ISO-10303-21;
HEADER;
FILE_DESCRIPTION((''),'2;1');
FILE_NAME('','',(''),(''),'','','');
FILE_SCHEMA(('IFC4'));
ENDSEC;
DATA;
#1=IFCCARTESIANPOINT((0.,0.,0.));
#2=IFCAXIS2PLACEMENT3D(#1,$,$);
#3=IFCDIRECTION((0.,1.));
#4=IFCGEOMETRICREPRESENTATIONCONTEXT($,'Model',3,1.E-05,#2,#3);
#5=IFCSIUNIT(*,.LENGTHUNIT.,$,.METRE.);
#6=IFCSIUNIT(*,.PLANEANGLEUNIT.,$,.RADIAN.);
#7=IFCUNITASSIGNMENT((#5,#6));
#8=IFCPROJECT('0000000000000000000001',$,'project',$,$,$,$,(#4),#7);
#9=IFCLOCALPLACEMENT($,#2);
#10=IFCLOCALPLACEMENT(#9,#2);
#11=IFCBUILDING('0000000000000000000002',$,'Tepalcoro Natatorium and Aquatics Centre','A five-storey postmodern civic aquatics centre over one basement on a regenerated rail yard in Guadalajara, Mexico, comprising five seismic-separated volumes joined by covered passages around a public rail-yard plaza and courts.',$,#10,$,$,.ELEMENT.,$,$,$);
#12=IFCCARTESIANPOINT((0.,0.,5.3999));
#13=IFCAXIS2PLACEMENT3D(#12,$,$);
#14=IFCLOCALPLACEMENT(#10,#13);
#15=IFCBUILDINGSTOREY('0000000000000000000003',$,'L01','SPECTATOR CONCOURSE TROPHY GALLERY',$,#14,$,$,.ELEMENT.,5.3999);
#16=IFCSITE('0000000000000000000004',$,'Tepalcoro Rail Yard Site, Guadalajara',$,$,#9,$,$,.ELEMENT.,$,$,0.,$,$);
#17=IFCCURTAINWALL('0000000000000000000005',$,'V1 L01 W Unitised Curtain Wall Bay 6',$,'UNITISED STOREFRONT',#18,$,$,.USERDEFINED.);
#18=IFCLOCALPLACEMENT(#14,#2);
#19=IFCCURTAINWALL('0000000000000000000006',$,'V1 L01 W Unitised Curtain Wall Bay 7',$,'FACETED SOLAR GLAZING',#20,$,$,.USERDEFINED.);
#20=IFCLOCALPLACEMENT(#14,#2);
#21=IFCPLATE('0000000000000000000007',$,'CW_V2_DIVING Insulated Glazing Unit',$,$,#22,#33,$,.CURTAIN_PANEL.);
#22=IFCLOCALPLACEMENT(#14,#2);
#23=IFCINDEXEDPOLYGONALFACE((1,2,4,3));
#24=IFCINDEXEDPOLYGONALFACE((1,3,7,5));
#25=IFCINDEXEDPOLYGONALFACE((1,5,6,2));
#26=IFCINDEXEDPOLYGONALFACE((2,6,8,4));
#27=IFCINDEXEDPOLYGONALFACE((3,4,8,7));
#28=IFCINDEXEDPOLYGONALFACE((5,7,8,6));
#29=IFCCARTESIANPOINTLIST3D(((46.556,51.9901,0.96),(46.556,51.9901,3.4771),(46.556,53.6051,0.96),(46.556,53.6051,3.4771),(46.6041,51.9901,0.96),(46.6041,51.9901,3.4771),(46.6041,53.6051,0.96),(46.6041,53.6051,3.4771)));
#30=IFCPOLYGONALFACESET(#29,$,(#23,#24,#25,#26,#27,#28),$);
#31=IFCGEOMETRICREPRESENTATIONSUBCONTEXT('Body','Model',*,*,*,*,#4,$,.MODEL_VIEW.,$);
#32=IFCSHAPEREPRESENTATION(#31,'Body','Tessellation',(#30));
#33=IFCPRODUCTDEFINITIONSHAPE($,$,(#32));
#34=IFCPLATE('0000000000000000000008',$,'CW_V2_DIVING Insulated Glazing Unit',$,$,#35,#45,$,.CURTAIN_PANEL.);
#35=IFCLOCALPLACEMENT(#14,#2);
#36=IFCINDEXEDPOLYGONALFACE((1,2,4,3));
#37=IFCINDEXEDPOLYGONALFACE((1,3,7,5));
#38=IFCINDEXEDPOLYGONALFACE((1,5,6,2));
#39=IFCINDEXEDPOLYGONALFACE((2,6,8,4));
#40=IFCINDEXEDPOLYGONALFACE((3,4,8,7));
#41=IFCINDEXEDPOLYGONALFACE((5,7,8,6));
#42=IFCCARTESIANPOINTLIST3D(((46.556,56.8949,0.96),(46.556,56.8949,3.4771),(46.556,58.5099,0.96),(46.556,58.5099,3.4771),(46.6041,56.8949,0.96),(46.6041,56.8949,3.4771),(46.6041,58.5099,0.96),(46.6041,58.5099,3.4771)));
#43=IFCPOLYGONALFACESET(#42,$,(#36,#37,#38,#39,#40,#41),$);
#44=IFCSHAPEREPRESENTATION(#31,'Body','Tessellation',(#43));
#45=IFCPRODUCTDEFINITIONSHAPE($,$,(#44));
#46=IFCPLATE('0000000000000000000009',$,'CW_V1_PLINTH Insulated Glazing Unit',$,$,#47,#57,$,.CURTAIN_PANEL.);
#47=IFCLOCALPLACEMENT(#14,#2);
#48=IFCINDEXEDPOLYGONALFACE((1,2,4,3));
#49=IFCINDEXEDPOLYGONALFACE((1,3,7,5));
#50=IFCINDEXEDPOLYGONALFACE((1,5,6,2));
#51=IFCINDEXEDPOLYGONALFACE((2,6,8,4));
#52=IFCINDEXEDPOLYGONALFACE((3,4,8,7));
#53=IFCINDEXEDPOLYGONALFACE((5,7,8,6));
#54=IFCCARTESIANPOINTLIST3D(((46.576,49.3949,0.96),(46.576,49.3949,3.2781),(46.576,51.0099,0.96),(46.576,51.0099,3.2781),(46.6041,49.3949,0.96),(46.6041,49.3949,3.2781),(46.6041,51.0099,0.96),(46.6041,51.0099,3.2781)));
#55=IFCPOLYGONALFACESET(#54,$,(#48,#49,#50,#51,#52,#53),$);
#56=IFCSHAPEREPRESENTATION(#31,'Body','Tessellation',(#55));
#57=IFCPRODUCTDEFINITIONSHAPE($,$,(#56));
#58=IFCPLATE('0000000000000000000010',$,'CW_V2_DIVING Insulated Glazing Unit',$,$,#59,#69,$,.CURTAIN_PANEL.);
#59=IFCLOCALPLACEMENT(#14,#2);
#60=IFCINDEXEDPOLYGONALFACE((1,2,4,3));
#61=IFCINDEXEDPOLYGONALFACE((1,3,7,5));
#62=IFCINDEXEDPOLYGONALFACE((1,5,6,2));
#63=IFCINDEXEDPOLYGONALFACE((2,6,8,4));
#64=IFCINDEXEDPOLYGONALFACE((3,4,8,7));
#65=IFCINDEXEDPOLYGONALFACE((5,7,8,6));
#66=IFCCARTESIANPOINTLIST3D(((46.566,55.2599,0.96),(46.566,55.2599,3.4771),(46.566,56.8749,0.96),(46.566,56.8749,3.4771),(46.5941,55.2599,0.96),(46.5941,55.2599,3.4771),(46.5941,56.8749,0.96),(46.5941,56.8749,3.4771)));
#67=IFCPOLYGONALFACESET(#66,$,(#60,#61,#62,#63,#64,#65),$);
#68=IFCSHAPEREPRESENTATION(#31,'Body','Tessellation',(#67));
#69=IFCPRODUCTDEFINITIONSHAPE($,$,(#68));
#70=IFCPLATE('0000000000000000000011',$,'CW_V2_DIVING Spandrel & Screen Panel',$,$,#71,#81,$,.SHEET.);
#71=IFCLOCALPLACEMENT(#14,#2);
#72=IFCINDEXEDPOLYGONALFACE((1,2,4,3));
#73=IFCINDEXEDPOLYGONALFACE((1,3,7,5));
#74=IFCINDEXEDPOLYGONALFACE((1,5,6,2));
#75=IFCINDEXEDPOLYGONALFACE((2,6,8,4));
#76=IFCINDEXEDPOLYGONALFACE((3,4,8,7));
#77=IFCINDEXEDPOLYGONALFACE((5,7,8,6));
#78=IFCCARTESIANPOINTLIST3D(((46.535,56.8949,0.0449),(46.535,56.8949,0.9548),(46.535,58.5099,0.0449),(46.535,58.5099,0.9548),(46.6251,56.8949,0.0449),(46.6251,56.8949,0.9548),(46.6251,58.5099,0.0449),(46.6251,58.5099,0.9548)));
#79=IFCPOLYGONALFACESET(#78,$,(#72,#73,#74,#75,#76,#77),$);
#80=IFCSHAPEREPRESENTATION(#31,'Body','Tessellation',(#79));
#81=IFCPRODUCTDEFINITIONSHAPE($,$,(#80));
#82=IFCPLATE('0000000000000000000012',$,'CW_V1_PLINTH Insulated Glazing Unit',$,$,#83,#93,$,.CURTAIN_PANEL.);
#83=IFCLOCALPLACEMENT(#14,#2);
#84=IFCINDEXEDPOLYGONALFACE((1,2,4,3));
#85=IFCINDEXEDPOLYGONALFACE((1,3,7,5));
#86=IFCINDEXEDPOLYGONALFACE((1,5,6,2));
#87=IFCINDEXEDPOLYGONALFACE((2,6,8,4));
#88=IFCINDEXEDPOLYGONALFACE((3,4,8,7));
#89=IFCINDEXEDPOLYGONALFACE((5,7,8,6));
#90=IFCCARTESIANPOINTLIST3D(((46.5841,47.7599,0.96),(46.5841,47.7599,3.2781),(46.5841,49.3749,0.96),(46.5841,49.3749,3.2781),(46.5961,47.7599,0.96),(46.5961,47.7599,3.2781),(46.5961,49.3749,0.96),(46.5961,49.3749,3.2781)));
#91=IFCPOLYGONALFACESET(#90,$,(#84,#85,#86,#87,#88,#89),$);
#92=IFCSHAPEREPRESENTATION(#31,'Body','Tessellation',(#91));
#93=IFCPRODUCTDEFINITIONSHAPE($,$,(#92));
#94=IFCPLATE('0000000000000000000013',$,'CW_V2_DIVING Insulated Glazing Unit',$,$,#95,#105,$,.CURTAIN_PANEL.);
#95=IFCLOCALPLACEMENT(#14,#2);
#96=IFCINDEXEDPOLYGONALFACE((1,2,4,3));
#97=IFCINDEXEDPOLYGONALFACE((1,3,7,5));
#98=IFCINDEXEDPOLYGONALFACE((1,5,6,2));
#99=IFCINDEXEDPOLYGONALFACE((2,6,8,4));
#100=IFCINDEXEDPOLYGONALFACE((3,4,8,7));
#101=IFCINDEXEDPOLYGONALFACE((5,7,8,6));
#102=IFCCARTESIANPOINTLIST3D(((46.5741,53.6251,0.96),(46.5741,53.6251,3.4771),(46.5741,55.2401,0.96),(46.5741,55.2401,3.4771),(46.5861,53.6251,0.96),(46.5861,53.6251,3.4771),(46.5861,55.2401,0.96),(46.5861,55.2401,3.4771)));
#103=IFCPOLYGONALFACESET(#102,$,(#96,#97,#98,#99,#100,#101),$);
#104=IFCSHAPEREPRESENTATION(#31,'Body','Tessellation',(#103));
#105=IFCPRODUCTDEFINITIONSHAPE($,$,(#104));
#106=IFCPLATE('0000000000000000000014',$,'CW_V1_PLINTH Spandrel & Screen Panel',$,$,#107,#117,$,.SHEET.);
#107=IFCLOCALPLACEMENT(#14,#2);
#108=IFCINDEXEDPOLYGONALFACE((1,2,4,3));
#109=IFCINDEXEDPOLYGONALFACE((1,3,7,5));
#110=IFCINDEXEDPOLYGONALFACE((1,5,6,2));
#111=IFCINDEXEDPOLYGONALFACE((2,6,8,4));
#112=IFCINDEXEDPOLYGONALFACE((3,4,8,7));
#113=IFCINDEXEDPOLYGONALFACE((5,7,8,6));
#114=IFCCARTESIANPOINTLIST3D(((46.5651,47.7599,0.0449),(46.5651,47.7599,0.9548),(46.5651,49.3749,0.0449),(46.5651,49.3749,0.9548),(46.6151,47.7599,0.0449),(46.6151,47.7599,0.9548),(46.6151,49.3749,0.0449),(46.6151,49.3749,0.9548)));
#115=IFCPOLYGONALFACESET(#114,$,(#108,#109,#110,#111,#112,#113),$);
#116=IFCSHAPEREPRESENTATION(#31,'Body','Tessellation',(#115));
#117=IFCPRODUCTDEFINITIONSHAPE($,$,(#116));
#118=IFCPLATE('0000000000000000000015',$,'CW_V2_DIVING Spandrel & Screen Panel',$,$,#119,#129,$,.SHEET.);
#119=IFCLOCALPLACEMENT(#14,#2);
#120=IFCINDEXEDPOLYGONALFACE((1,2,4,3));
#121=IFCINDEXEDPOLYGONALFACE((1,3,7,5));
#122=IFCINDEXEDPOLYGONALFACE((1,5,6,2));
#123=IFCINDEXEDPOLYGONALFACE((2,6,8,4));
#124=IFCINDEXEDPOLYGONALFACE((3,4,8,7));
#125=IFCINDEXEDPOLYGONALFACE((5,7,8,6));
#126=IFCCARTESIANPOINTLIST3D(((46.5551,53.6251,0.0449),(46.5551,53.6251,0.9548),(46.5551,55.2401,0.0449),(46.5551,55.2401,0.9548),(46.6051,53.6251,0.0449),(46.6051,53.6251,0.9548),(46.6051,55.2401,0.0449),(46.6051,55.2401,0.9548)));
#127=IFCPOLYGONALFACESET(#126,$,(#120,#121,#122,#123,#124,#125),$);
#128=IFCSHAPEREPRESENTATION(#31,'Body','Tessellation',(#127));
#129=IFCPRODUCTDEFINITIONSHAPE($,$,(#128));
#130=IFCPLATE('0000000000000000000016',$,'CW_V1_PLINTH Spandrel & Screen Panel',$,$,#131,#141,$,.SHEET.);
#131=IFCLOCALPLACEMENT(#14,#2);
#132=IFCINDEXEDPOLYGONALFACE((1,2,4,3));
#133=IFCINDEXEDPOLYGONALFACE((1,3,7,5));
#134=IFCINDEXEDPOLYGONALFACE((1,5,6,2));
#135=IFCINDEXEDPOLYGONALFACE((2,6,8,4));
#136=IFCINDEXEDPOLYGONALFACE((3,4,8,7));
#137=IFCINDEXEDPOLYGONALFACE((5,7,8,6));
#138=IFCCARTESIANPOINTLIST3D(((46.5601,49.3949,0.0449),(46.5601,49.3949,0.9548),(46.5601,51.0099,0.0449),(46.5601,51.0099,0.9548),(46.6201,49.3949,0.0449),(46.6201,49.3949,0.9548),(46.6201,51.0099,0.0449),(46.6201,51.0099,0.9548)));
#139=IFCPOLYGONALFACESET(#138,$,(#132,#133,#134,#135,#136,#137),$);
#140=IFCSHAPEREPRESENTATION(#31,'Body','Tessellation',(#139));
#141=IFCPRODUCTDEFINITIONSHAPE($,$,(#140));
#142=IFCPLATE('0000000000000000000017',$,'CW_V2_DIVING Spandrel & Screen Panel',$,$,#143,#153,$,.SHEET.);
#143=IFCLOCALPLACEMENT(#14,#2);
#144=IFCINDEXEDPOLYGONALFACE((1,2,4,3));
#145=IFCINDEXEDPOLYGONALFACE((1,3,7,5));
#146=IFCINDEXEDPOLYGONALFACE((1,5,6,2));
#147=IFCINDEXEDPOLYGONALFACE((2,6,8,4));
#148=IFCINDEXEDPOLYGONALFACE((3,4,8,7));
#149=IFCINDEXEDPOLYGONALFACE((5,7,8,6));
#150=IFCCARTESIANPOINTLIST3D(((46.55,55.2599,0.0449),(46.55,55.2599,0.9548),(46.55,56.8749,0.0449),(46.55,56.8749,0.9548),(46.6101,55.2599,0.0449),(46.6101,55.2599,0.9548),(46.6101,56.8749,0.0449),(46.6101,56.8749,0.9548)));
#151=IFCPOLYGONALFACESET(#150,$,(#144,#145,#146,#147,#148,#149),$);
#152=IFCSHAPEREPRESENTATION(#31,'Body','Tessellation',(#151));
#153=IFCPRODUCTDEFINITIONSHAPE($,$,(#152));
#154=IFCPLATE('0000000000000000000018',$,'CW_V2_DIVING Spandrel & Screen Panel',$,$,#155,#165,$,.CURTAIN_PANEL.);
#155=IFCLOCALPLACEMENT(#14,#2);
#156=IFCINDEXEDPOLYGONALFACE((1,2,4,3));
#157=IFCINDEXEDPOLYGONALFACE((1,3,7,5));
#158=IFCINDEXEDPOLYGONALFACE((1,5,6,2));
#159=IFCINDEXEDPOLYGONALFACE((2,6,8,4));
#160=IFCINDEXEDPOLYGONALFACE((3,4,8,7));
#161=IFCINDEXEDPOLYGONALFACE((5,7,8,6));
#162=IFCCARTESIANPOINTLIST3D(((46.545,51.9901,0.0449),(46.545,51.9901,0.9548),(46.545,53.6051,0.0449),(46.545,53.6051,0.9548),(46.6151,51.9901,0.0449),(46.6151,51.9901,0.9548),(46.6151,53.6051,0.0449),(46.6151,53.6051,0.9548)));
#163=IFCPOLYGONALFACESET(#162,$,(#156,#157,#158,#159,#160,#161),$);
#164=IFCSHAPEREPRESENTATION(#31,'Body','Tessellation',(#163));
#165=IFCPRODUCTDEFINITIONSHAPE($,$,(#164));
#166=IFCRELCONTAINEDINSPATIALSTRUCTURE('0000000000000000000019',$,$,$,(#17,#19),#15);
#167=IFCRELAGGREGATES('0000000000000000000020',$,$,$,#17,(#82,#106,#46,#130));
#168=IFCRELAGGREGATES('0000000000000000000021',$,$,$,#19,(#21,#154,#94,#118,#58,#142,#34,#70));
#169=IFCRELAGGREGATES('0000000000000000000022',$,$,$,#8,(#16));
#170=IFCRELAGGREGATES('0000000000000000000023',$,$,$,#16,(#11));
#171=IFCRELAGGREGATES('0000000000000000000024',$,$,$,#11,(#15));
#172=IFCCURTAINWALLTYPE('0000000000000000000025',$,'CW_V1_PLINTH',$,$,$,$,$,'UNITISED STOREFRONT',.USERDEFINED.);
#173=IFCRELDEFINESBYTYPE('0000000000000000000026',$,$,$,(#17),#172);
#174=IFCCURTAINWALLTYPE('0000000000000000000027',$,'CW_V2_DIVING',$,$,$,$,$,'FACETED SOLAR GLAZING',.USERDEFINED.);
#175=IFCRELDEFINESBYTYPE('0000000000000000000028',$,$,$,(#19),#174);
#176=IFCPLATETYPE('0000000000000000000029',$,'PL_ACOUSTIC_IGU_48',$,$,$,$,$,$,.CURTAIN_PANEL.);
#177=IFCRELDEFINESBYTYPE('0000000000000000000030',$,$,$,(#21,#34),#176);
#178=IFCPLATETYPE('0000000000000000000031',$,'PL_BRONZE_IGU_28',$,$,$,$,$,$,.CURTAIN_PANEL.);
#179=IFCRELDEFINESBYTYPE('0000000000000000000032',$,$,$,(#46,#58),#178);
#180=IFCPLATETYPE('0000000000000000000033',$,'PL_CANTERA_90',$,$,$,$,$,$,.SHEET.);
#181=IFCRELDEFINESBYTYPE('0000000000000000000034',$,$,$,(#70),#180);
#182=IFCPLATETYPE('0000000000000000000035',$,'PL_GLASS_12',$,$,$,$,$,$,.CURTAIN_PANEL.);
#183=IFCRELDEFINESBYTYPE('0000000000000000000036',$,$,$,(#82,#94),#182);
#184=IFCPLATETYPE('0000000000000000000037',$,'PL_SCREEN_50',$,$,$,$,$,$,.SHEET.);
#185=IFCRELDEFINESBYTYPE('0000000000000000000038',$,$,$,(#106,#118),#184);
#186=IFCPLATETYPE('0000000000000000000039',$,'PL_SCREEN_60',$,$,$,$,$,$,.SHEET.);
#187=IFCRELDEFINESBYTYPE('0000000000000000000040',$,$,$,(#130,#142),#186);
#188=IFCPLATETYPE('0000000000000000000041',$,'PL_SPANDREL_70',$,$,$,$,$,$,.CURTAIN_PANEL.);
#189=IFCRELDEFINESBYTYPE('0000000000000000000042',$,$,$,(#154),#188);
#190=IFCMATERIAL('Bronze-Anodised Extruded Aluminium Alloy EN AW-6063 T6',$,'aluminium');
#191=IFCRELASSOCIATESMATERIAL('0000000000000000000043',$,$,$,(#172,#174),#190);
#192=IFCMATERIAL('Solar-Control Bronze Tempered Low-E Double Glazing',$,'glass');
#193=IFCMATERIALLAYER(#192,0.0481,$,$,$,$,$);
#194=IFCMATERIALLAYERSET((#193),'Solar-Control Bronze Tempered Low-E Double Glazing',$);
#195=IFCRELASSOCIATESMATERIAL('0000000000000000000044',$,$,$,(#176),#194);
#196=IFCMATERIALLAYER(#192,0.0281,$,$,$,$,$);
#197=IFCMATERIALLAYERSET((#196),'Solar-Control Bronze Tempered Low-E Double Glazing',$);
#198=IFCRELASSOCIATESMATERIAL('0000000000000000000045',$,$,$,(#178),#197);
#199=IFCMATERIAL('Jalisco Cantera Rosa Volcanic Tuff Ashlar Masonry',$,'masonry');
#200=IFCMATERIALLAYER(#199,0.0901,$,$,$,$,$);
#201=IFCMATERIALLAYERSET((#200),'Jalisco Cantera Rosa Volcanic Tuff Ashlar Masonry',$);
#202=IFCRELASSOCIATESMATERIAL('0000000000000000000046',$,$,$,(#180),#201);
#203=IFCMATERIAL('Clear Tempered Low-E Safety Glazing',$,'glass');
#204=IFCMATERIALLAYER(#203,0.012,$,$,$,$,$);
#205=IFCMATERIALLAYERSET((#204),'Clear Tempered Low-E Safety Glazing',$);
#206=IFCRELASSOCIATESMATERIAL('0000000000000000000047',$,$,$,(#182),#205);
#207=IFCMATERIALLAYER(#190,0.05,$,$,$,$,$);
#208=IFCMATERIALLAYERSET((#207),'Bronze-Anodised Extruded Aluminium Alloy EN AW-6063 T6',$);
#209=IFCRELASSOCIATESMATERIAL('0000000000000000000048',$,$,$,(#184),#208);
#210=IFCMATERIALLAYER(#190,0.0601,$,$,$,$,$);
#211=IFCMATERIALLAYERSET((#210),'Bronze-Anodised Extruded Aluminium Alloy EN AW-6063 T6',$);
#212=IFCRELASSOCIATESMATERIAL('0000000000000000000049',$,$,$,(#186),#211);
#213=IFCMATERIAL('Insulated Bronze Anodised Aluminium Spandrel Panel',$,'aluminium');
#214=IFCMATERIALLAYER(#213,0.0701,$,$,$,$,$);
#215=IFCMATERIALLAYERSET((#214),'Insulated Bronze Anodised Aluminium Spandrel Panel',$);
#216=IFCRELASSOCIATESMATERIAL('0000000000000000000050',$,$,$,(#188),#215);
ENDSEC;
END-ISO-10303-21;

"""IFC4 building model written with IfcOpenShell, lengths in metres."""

from ifc_helpers import new_model, si_unit, direction, frame, origin, origin_2d, place, context, subcontext, project, spatial, rectangle, extrude, material, layer, layer_set, type_object, element, aggregate, save


model = new_model("IFC4")

# Units and contexts
model_context = context("Model", 3, precision=1e-05, world=origin(), true_north=direction((0.0, 1.0)))
body_context = subcontext(model_context, "Body", "Model", "MODEL_VIEW")
ifc_project = project(units=[si_unit("LENGTHUNIT", "METRE"), si_unit("PLANEANGLEUNIT", "RADIAN")], contexts=[model_context])

# Site, building, storey
site_placement = place(None, origin())
site = spatial("IfcSite", under=ifc_project, at=site_placement, Name="Tepalcoro Rail Yard Site, Guadalajara", CompositionType="ELEMENT", RefElevation=0.0)
building_placement = place(site_placement, origin())
building = spatial("IfcBuilding", under=site, at=building_placement, Name="Tepalcoro Natatorium and Aquatics Centre", Description="A five-storey postmodern civic aquatics centre over one basement on a regenerated rail yard in Guadalajara, Mexico, comprising five seismic-separated volumes joined by covered passages around a public rail-yard plaza and courts.", CompositionType="ELEMENT")
storey_placement = place(building_placement, frame((0.0, 0.0, 5.3999)))
storey = spatial("IfcBuildingStorey", under=building, at=storey_placement, Name="L01", Description="SPECTATOR CONCOURSE TROPHY GALLERY", CompositionType="ELEMENT", Elevation=5.3999)

# Curtain wall
ifc_material_1 = material(Name="Bronze-Anodised Extruded Aluminium Alloy EN AW-6063 T6", Category="aluminium")
curtain_wall_type_1 = type_object("IfcCurtainWallType", Name="CW_V1_PLINTH", ElementType="UNITISED STOREFRONT", PredefinedType="USERDEFINED", material=ifc_material_1)
curtain_wall_1_placement = place(storey_placement, origin())
curtain_wall_1 = element("IfcCurtainWall", 1, at=curtain_wall_1_placement, inside=storey, type_object=curtain_wall_type_1, Name="V1 L01 W Unitised Curtain Wall Bay 6", ObjectType="UNITISED STOREFRONT", PredefinedType="USERDEFINED")

# Curtain wall, plates
curtain_wall_type_2 = type_object("IfcCurtainWallType", Name="CW_V2_DIVING", ElementType="FACETED SOLAR GLAZING", PredefinedType="USERDEFINED", material=ifc_material_1)
curtain_wall_2_placement = place(storey_placement, origin())
curtain_wall_2 = element("IfcCurtainWall", 2, at=curtain_wall_2_placement, inside=storey, type_object=curtain_wall_type_2, Name="V1 L01 W Unitised Curtain Wall Bay 7", ObjectType="FACETED SOLAR GLAZING", PredefinedType="USERDEFINED")
ifc_material_2 = material(Name="Solar-Control Bronze Tempered Low-E Double Glazing", Category="glass")
ifc_layer_1 = layer(ifc_material_2, 0.0481)
ifc_layer_set_1 = layer_set([ifc_layer_1], Name="Solar-Control Bronze Tempered Low-E Double Glazing")
plate_type_1 = type_object("IfcPlateType", Name="PL_ACOUSTIC_IGU_48", PredefinedType="CURTAIN_PANEL", material=ifc_layer_set_1)
plate_1_placement = place(storey_placement, frame((46.5801, 52.7976, 0.96), z_axis=(0.0, 0.0, 1.0), x_axis=(1.0, 0.0, 0.0)))
plate_1 = element("IfcPlate", 3, at=plate_1_placement, type_object=plate_type_1, Name="CW_V2_DIVING Insulated Glazing Unit", PredefinedType="CURTAIN_PANEL", context=body_context, shape_type="SweptSolid", body=[
    extrude(rectangle(XDim=0.0481, YDim=1.615, at=origin_2d()), origin(), (0.0, 0.0, 1.0), 2.5171),
])
plate_2_placement = place(storey_placement, frame((46.5801, 57.7024, 0.96), z_axis=(0.0, 0.0, 1.0), x_axis=(1.0, 0.0, 0.0)))
plate_2 = element("IfcPlate", 4, at=plate_2_placement, type_object=plate_type_1, Name="CW_V2_DIVING Insulated Glazing Unit", PredefinedType="CURTAIN_PANEL", context=body_context, shape_type="SweptSolid", body=[
    extrude(rectangle(XDim=0.0481, YDim=1.615, at=origin_2d()), origin(), (0.0, 0.0, 1.0), 2.5171),
])

# Plates
ifc_layer_2 = layer(ifc_material_2, 0.0281)
ifc_layer_set_2 = layer_set([ifc_layer_2], Name="Solar-Control Bronze Tempered Low-E Double Glazing")
plate_type_2 = type_object("IfcPlateType", Name="PL_BRONZE_IGU_28", PredefinedType="CURTAIN_PANEL", material=ifc_layer_set_2)
plate_3_placement = place(storey_placement, frame((46.5901, 50.2024, 0.96), z_axis=(0.0, 0.0, 1.0), x_axis=(1.0, 0.0, 0.0)))
plate_3 = element("IfcPlate", 5, at=plate_3_placement, type_object=plate_type_2, Name="CW_V1_PLINTH Insulated Glazing Unit", PredefinedType="CURTAIN_PANEL", context=body_context, shape_type="SweptSolid", body=[
    extrude(rectangle(XDim=0.0281, YDim=1.615, at=origin_2d()), origin(), (0.0, 0.0, 1.0), 2.3181),
])
plate_4_placement = place(storey_placement, frame((46.5801, 56.0674, 0.96), z_axis=(0.0, 0.0, 1.0), x_axis=(1.0, 0.0, 0.0)))
plate_4 = element("IfcPlate", 6, at=plate_4_placement, type_object=plate_type_2, Name="CW_V2_DIVING Insulated Glazing Unit", PredefinedType="CURTAIN_PANEL", context=body_context, shape_type="SweptSolid", body=[
    extrude(rectangle(XDim=0.0281, YDim=1.615, at=origin_2d()), origin(), (0.0, 0.0, 1.0), 2.5171),
])
ifc_material_3 = material(Name="Jalisco Cantera Rosa Volcanic Tuff Ashlar Masonry", Category="masonry")
ifc_layer_3 = layer(ifc_material_3, 0.0901)
ifc_layer_set_3 = layer_set([ifc_layer_3], Name="Jalisco Cantera Rosa Volcanic Tuff Ashlar Masonry")
plate_type_3 = type_object("IfcPlateType", Name="PL_CANTERA_90", PredefinedType="SHEET", material=ifc_layer_set_3)
plate_5_placement = place(storey_placement, frame((46.5801, 57.7024, 0.0449), z_axis=(0.0, 0.0, 1.0), x_axis=(1.0, 0.0, 0.0)))
plate_5 = element("IfcPlate", 7, at=plate_5_placement, type_object=plate_type_3, Name="CW_V2_DIVING Spandrel & Screen Panel", PredefinedType="SHEET", context=body_context, shape_type="SweptSolid", body=[
    extrude(rectangle(XDim=0.0901, YDim=1.615, at=origin_2d()), origin(), (0.0, 0.0, 1.0), 0.9099),
])
ifc_material_4 = material(Name="Clear Tempered Low-E Safety Glazing", Category="glass")
ifc_layer_4 = layer(ifc_material_4, 0.012)
ifc_layer_set_4 = layer_set([ifc_layer_4], Name="Clear Tempered Low-E Safety Glazing")
plate_type_4 = type_object("IfcPlateType", Name="PL_GLASS_12", PredefinedType="CURTAIN_PANEL", material=ifc_layer_set_4)
plate_6_placement = place(storey_placement, frame((46.5901, 48.5674, 0.96), z_axis=(0.0, 0.0, 1.0), x_axis=(1.0, 0.0, 0.0)))
plate_6 = element("IfcPlate", 8, at=plate_6_placement, type_object=plate_type_4, Name="CW_V1_PLINTH Insulated Glazing Unit", PredefinedType="CURTAIN_PANEL", context=body_context, shape_type="SweptSolid", body=[
    extrude(rectangle(XDim=0.012, YDim=1.615, at=origin_2d()), origin(), (0.0, 0.0, 1.0), 2.3181),
])
plate_7_placement = place(storey_placement, frame((46.5801, 54.4326, 0.96), z_axis=(0.0, 0.0, 1.0), x_axis=(1.0, 0.0, 0.0)))
plate_7 = element("IfcPlate", 9, at=plate_7_placement, type_object=plate_type_4, Name="CW_V2_DIVING Insulated Glazing Unit", PredefinedType="CURTAIN_PANEL", context=body_context, shape_type="SweptSolid", body=[
    extrude(rectangle(XDim=0.012, YDim=1.615, at=origin_2d()), origin(), (0.0, 0.0, 1.0), 2.5171),
])
ifc_layer_5 = layer(ifc_material_1, 0.05)
ifc_layer_set_5 = layer_set([ifc_layer_5], Name="Bronze-Anodised Extruded Aluminium Alloy EN AW-6063 T6")
plate_type_5 = type_object("IfcPlateType", Name="PL_SCREEN_50", PredefinedType="SHEET", material=ifc_layer_set_5)
plate_8_placement = place(storey_placement, frame((46.5901, 48.5674, 0.0449), z_axis=(0.0, 0.0, 1.0), x_axis=(1.0, 0.0, 0.0)))
plate_8 = element("IfcPlate", 10, at=plate_8_placement, type_object=plate_type_5, Name="CW_V1_PLINTH Spandrel & Screen Panel", PredefinedType="SHEET", context=body_context, shape_type="SweptSolid", body=[
    extrude(rectangle(XDim=0.05, YDim=1.615, at=origin_2d()), origin(), (0.0, 0.0, 1.0), 0.9099),
])
plate_9_placement = place(storey_placement, frame((46.5801, 54.4326, 0.0449), z_axis=(0.0, 0.0, 1.0), x_axis=(1.0, 0.0, 0.0)))
plate_9 = element("IfcPlate", 11, at=plate_9_placement, type_object=plate_type_5, Name="CW_V2_DIVING Spandrel & Screen Panel", PredefinedType="SHEET", context=body_context, shape_type="SweptSolid", body=[
    extrude(rectangle(XDim=0.05, YDim=1.615, at=origin_2d()), origin(), (0.0, 0.0, 1.0), 0.9099),
])
ifc_layer_6 = layer(ifc_material_1, 0.0601)
ifc_layer_set_6 = layer_set([ifc_layer_6], Name="Bronze-Anodised Extruded Aluminium Alloy EN AW-6063 T6")
plate_type_6 = type_object("IfcPlateType", Name="PL_SCREEN_60", PredefinedType="SHEET", material=ifc_layer_set_6)
plate_10_placement = place(storey_placement, frame((46.5901, 50.2024, 0.0449), z_axis=(0.0, 0.0, 1.0), x_axis=(1.0, 0.0, 0.0)))
plate_10 = element("IfcPlate", 12, at=plate_10_placement, type_object=plate_type_6, Name="CW_V1_PLINTH Spandrel & Screen Panel", PredefinedType="SHEET", context=body_context, shape_type="SweptSolid", body=[
    extrude(rectangle(XDim=0.0601, YDim=1.615, at=origin_2d()), origin(), (0.0, 0.0, 1.0), 0.9099),
])
aggregate(curtain_wall_1, [plate_6, plate_8, plate_3, plate_10])
plate_11_placement = place(storey_placement, frame((46.5801, 56.0674, 0.0449), z_axis=(0.0, 0.0, 1.0), x_axis=(1.0, 0.0, 0.0)))
plate_11 = element("IfcPlate", 13, at=plate_11_placement, type_object=plate_type_6, Name="CW_V2_DIVING Spandrel & Screen Panel", PredefinedType="SHEET", context=body_context, shape_type="SweptSolid", body=[
    extrude(rectangle(XDim=0.0601, YDim=1.615, at=origin_2d()), origin(), (0.0, 0.0, 1.0), 0.9099),
])
ifc_material_5 = material(Name="Insulated Bronze Anodised Aluminium Spandrel Panel", Category="aluminium")
ifc_layer_7 = layer(ifc_material_5, 0.0701)
ifc_layer_set_7 = layer_set([ifc_layer_7], Name="Insulated Bronze Anodised Aluminium Spandrel Panel")
plate_type_7 = type_object("IfcPlateType", Name="PL_SPANDREL_70", PredefinedType="CURTAIN_PANEL", material=ifc_layer_set_7)
plate_12_placement = place(storey_placement, frame((46.5801, 52.7976, 0.0449), z_axis=(0.0, 0.0, 1.0), x_axis=(1.0, 0.0, 0.0)))
plate_12 = element("IfcPlate", 14, at=plate_12_placement, type_object=plate_type_7, Name="CW_V2_DIVING Spandrel & Screen Panel", PredefinedType="CURTAIN_PANEL", context=body_context, shape_type="SweptSolid", body=[
    extrude(rectangle(XDim=0.0701, YDim=1.615, at=origin_2d()), origin(), (0.0, 0.0, 1.0), 0.9099),
])
aggregate(curtain_wall_2, [plate_1, plate_12, plate_7, plate_9, plate_4, plate_11, plate_2, plate_5])

save(model, "model.ifc")
